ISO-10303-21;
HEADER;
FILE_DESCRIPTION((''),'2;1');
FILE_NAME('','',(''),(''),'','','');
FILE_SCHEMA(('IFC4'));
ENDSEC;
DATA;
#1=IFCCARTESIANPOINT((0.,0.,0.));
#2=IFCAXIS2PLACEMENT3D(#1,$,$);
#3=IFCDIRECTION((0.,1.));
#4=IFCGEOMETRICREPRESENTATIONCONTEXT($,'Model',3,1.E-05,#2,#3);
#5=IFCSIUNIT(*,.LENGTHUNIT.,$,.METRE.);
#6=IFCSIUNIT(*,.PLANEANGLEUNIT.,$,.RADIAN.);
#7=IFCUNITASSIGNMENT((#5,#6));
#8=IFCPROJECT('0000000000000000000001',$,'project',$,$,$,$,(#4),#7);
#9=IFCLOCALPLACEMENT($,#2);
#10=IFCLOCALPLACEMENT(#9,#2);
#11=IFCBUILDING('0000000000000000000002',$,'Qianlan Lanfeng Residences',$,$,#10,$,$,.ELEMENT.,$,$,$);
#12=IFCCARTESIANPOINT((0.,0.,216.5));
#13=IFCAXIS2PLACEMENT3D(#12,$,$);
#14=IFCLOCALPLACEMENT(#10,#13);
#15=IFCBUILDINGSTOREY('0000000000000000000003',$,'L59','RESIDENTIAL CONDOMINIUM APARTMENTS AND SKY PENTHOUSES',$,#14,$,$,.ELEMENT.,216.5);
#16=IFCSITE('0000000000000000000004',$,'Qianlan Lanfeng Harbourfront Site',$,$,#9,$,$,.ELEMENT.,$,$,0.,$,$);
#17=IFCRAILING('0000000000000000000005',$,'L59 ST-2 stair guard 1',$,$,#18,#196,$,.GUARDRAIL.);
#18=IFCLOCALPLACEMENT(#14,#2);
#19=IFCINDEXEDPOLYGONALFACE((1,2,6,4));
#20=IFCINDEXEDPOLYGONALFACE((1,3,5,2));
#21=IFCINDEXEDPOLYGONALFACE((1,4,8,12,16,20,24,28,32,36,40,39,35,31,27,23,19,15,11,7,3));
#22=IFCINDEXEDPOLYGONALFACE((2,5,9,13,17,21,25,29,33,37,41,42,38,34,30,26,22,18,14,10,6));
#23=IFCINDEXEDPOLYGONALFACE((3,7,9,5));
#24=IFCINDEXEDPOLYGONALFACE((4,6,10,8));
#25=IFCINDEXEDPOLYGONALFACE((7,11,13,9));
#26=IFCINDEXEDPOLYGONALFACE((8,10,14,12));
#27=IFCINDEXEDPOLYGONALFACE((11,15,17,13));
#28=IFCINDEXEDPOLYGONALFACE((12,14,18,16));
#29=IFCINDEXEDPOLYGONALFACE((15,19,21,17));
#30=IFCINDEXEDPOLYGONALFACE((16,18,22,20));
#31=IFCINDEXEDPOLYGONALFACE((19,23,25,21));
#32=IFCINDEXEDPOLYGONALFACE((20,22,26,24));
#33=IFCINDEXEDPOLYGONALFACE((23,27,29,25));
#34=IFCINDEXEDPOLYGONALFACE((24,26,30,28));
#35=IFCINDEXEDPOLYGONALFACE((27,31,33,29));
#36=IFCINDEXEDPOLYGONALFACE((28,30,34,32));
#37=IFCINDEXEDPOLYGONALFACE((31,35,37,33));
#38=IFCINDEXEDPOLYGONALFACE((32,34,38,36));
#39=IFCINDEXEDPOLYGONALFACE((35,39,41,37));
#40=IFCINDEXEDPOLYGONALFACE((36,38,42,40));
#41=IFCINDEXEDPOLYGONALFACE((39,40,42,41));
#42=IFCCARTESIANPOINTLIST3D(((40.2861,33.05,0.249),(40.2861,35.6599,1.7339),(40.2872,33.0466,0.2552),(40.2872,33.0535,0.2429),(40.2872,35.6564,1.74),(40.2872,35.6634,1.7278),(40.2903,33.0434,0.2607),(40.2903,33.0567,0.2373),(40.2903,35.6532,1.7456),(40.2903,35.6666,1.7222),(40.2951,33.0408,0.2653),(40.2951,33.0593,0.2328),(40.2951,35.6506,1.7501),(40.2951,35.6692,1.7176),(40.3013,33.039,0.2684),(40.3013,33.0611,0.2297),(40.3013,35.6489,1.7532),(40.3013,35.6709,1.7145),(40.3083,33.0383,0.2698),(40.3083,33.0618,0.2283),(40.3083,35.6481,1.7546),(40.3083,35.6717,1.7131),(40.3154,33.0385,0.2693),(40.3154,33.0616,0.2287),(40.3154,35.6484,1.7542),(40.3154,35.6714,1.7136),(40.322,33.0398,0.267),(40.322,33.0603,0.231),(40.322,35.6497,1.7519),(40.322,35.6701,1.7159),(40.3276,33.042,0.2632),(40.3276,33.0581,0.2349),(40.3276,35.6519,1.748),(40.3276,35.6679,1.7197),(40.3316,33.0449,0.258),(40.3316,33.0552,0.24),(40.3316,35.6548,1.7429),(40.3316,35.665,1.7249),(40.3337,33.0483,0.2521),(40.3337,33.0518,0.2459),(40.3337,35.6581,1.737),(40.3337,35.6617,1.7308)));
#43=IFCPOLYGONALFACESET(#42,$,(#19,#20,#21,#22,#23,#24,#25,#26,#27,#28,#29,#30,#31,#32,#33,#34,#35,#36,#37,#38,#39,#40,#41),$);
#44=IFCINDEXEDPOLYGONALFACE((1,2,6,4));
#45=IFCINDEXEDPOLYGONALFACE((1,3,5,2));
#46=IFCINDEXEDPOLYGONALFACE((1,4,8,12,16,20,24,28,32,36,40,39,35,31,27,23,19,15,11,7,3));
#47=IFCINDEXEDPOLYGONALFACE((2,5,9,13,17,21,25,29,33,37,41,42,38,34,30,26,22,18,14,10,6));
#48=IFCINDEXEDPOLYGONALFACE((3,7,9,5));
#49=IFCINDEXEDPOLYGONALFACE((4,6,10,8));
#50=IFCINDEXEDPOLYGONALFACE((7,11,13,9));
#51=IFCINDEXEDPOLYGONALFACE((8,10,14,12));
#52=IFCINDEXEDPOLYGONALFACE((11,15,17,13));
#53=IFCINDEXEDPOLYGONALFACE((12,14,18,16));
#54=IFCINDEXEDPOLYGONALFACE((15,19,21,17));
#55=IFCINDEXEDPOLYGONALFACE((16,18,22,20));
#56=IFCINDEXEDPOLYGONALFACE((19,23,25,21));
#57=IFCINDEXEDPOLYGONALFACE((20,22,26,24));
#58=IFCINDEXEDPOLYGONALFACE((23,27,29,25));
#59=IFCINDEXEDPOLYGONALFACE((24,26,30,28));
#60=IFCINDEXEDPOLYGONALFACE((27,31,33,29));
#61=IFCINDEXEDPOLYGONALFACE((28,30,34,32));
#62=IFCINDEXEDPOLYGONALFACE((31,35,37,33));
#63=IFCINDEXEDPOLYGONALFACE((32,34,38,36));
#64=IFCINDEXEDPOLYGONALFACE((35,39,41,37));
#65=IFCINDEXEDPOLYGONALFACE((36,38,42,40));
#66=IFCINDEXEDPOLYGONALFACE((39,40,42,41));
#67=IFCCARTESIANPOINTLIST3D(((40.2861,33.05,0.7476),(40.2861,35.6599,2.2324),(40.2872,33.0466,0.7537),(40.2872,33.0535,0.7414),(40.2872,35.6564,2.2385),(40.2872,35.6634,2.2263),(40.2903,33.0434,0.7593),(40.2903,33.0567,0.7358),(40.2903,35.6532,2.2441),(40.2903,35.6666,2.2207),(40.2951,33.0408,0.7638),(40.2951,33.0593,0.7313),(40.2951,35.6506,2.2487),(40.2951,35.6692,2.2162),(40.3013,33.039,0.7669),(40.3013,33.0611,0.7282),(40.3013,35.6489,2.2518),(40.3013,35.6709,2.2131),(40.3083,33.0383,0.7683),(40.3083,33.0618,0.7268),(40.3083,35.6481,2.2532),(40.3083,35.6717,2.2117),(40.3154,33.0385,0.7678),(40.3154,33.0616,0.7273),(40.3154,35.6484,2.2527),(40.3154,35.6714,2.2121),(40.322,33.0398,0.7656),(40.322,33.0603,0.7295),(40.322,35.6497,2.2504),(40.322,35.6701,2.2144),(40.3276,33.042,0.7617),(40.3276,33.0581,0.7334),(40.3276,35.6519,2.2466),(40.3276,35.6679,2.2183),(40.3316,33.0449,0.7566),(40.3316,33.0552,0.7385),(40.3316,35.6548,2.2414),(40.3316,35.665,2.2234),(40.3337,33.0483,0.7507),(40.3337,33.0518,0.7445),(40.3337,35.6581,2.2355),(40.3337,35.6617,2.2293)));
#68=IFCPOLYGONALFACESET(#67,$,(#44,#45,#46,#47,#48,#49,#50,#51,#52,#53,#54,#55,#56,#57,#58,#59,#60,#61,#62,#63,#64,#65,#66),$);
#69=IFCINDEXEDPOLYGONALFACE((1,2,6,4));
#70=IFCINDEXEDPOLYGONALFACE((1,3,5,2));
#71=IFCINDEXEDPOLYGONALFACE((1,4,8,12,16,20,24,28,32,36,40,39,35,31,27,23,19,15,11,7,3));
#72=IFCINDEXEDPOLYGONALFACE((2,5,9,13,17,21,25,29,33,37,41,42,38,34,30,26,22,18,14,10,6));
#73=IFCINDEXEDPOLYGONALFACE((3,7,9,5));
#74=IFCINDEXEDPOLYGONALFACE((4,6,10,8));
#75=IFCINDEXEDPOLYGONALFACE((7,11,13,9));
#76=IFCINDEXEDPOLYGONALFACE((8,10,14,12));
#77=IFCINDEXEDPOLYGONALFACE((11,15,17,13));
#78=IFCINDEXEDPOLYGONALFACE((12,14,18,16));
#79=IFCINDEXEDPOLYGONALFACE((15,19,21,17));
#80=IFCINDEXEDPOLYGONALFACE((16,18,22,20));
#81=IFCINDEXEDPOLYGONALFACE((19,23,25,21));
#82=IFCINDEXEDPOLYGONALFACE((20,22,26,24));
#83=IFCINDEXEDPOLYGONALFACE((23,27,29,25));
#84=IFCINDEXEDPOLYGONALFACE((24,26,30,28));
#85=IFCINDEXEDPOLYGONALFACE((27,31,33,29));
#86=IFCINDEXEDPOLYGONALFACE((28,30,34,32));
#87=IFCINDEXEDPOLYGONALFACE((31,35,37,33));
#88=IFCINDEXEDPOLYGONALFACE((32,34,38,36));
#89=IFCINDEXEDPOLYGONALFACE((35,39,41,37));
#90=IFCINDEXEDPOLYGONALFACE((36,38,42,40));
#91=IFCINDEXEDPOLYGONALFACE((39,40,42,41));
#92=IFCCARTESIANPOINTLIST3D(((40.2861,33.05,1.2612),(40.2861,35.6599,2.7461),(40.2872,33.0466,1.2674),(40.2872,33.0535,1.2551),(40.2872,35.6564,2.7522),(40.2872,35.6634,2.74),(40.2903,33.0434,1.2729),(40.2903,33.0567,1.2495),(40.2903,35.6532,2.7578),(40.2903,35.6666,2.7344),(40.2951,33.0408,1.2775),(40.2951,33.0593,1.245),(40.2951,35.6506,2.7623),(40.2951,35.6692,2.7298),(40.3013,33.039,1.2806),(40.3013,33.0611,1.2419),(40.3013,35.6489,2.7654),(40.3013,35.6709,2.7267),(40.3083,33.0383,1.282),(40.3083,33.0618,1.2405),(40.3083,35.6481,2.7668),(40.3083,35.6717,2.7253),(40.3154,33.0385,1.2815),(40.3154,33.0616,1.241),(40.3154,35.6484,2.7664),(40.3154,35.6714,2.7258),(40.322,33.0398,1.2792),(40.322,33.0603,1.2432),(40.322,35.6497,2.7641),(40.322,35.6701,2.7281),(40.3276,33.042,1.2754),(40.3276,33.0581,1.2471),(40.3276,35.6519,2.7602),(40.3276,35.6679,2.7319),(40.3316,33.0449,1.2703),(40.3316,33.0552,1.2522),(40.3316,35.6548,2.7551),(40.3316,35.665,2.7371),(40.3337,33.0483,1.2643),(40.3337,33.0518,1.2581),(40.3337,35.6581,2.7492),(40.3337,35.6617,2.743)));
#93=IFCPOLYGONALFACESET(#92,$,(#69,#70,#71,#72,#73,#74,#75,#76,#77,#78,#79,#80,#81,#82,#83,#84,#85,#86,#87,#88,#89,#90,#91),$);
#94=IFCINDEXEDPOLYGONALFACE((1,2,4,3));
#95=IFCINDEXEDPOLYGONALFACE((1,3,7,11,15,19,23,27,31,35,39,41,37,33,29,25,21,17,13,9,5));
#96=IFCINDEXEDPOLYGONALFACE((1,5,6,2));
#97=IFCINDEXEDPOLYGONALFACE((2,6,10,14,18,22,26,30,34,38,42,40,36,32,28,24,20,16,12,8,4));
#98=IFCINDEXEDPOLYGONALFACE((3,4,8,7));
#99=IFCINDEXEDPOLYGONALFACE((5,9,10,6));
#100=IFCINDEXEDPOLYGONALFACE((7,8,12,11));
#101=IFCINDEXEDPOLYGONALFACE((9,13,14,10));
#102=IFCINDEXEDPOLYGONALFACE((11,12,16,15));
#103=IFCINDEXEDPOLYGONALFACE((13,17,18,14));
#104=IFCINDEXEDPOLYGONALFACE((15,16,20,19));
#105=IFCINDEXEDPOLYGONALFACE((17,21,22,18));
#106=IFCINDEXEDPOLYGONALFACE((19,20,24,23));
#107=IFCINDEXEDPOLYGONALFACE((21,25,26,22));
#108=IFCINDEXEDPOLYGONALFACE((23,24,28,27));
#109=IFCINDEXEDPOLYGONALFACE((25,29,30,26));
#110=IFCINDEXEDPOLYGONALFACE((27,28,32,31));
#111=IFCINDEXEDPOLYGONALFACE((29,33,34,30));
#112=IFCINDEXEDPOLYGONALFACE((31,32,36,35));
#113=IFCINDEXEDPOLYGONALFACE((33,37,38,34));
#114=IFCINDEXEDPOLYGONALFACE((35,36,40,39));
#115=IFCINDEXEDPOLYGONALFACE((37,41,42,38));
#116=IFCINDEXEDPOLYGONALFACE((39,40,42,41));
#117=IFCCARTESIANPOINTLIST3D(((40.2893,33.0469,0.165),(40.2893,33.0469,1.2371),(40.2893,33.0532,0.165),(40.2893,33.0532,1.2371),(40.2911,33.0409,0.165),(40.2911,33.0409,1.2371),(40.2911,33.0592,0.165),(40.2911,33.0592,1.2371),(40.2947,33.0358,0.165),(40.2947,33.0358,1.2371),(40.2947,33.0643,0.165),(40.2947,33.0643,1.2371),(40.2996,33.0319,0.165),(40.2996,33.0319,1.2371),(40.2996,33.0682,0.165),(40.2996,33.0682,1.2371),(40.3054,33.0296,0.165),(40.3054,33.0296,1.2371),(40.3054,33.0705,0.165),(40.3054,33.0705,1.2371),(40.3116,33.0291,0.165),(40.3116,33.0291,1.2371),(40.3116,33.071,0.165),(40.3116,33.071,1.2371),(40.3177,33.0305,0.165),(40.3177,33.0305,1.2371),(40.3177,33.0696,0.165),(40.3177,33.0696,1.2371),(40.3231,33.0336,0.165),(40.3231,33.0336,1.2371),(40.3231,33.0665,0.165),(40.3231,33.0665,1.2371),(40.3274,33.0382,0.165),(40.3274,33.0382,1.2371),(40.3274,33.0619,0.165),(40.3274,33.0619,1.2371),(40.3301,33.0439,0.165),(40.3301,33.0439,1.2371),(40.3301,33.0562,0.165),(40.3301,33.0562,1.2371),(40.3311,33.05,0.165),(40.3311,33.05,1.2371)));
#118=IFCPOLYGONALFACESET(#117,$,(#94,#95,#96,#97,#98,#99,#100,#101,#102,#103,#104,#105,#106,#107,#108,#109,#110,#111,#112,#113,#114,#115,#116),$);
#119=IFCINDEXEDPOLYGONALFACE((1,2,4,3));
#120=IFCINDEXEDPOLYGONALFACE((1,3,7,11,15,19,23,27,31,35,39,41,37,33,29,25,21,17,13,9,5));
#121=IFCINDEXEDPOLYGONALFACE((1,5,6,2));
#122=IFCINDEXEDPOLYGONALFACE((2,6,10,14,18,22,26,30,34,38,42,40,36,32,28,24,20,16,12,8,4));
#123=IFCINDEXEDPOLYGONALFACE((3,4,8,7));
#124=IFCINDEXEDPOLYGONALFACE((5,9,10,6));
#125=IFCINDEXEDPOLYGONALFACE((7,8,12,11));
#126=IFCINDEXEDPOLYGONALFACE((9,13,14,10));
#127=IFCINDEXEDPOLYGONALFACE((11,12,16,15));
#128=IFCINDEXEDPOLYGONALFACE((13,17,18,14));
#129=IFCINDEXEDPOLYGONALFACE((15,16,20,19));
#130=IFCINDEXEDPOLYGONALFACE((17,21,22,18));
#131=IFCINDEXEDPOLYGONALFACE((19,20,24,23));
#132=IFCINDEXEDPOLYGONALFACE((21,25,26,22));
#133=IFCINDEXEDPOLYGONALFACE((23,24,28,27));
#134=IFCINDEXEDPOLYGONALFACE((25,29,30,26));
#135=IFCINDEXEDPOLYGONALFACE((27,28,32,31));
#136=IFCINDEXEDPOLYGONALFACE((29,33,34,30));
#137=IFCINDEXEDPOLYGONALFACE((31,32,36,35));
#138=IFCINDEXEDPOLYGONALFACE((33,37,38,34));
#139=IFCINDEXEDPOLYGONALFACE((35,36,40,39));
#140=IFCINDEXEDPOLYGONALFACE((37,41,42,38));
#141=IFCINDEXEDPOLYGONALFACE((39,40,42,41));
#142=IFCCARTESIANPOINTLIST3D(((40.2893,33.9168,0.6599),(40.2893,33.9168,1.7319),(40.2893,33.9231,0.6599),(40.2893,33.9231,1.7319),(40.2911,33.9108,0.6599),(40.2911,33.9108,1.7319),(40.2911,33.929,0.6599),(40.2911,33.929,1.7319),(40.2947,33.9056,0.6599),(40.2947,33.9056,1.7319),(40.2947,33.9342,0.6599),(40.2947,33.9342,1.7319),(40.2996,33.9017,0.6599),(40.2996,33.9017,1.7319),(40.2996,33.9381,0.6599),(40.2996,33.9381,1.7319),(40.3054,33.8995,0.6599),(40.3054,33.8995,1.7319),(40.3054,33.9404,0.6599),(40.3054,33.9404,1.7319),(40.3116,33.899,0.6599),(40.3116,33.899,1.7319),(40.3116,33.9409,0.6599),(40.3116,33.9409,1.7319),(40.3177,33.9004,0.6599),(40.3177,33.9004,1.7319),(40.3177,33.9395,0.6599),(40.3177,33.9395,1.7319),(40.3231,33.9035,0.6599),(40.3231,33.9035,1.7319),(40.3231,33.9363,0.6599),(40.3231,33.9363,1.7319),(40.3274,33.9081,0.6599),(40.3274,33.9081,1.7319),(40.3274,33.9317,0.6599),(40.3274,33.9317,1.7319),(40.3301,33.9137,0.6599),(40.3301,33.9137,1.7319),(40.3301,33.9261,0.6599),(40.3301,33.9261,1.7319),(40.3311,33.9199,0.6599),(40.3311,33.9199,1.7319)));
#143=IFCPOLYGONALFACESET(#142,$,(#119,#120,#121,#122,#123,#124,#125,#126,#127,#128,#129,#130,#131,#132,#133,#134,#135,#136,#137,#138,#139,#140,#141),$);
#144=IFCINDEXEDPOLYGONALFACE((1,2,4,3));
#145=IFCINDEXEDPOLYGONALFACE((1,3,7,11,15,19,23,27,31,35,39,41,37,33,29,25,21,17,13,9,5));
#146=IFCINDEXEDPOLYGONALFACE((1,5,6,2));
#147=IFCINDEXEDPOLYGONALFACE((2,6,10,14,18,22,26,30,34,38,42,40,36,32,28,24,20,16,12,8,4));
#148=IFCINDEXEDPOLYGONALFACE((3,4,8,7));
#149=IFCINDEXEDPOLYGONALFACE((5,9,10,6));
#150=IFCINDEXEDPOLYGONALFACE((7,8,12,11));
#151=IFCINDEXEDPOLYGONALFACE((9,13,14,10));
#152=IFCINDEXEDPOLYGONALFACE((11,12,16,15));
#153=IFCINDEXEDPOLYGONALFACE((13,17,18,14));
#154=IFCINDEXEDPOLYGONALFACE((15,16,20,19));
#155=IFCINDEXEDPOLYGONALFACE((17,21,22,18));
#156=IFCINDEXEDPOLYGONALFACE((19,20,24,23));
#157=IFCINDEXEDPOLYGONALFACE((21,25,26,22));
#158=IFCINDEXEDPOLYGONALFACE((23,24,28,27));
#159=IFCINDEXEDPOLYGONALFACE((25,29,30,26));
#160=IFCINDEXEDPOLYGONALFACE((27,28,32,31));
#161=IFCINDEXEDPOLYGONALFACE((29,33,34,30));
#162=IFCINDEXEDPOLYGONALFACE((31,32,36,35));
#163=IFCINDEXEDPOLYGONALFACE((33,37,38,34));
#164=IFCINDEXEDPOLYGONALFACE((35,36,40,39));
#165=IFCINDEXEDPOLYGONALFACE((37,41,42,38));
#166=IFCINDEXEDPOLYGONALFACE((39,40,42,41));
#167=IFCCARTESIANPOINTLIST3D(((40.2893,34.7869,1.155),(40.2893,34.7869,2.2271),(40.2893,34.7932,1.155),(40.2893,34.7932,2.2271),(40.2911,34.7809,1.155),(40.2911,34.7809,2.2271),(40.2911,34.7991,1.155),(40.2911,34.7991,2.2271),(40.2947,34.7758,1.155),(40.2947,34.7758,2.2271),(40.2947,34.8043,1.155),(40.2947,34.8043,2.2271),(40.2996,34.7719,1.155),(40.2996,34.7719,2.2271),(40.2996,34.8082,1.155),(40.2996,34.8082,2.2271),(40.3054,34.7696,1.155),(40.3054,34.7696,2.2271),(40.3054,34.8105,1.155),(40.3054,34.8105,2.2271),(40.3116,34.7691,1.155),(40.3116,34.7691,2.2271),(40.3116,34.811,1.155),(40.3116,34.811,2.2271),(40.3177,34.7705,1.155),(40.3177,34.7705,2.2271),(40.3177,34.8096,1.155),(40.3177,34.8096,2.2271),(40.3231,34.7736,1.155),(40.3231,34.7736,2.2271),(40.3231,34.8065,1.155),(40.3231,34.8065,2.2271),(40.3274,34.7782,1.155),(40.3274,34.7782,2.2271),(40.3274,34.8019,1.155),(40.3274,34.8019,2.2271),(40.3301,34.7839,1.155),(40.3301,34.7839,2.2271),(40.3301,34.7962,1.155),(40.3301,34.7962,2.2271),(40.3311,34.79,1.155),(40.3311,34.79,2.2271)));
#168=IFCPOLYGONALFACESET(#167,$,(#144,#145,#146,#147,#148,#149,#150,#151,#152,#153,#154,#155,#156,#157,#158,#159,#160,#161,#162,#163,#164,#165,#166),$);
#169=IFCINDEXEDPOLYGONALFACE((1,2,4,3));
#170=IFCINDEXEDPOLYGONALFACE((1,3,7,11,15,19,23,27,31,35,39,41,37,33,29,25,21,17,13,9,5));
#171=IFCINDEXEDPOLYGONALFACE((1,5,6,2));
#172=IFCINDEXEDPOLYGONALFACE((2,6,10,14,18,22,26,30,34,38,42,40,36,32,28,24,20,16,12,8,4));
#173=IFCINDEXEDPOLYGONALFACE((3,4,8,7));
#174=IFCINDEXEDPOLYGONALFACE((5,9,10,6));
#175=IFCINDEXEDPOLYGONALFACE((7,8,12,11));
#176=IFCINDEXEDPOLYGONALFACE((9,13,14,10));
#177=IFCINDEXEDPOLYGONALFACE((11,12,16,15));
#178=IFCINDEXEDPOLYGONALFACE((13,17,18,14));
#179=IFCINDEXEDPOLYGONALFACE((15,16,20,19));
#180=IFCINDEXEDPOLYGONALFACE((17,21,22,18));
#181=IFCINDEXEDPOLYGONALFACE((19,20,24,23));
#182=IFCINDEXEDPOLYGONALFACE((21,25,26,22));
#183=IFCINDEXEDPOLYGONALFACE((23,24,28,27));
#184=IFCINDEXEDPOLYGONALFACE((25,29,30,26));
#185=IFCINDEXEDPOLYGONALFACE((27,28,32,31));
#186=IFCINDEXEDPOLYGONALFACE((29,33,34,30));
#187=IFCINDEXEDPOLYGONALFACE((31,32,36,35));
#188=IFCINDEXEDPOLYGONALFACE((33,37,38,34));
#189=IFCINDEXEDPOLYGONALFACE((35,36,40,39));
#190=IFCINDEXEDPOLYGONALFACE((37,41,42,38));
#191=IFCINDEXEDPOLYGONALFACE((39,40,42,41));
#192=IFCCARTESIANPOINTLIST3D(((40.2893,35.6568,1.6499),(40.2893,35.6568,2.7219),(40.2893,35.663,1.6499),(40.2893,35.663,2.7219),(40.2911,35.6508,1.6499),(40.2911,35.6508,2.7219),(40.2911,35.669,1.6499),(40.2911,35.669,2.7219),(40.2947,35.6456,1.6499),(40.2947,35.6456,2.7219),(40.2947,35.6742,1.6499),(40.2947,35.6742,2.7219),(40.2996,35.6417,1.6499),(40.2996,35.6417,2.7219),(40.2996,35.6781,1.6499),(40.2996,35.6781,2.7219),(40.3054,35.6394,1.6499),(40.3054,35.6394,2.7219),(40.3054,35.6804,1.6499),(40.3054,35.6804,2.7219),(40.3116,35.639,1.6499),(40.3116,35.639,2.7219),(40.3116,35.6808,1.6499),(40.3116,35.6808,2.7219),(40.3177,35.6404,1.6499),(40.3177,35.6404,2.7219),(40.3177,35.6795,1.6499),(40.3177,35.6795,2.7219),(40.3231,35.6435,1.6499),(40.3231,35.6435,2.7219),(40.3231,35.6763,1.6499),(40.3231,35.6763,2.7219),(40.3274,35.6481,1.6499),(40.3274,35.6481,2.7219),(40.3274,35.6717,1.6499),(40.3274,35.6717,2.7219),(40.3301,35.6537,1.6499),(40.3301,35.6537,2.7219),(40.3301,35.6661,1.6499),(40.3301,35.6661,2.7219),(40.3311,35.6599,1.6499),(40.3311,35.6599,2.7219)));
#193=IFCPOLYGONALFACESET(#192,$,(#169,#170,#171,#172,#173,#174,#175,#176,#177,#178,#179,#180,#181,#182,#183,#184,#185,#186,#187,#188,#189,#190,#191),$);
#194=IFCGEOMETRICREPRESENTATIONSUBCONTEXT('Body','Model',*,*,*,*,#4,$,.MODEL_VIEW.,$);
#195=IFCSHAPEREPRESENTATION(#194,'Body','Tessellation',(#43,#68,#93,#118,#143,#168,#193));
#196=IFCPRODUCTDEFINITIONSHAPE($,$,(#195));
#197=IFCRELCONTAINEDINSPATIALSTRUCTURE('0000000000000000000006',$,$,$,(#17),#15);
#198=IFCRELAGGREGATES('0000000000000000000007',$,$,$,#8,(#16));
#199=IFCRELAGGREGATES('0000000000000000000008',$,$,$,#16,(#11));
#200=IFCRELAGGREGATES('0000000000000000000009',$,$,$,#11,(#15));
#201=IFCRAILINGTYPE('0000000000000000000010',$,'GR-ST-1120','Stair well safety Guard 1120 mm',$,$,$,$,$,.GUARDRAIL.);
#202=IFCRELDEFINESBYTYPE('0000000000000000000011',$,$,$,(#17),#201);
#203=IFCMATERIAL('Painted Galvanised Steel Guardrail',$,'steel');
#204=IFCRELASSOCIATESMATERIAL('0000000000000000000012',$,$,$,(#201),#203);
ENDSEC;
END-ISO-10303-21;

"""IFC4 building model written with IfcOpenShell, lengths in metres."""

from ifc_helpers import new_model, si_unit, direction, frame, origin, origin_2d, place, context, subcontext, project, spatial, circle, extrude, material, type_object, element, save


model = new_model("IFC4")

# Units and contexts
model_context = context("Model", 3, precision=1e-05, world=origin(), true_north=direction((0.0, 1.0)))
body_context = subcontext(model_context, "Body", "Model", "MODEL_VIEW")
ifc_project = project(units=[si_unit("LENGTHUNIT", "METRE"), si_unit("PLANEANGLEUNIT", "RADIAN")], contexts=[model_context])

# Site, building, storey
site_placement = place(None, origin())
site = spatial("IfcSite", under=ifc_project, at=site_placement, Name="Qianlan Lanfeng Harbourfront Site", CompositionType="ELEMENT", RefElevation=0.0)
building_placement = place(site_placement, origin())
building = spatial("IfcBuilding", under=site, at=building_placement, Name="Qianlan Lanfeng Residences", CompositionType="ELEMENT")
storey_placement = place(building_placement, frame((0.0, 0.0, 216.5)))
storey = spatial("IfcBuildingStorey", under=building, at=storey_placement, Name="L59", Description="RESIDENTIAL CONDOMINIUM APARTMENTS AND SKY PENTHOUSES", CompositionType="ELEMENT", Elevation=216.5)

# Railing
ifc_material_1 = material(Name="Painted Galvanised Steel Guardrail", Category="steel")
railing_type_1 = type_object("IfcRailingType", Name="GR-ST-1120", Description="Stair well safety Guard 1120 mm", PredefinedType="GUARDRAIL", material=ifc_material_1)
railing_1_placement = place(storey_placement, frame((40.3101, 33.05, 0.165)))
element("IfcRailing", 1, at=railing_1_placement, inside=storey, type_object=railing_type_1, Name="L59 ST-2 stair guard 1", PredefinedType="GUARDRAIL", context=body_context, shape_type="SweptSolid", body=[
    extrude(circle(Radius=0.0239, at=origin_2d()), frame((0.0, 0.0, 0.084), z_axis=(0.0, 0.869172, 0.494509), x_axis=(-1.0, 0.0, 0.0)), (0.0, 0.0, 1.0), 3.0027),
    extrude(circle(Radius=0.0239, at=origin_2d()), frame((0.0, 0.0, 0.5825), z_axis=(0.0, 0.869172, 0.494509), x_axis=(-1.0, 0.0, 0.0)), (0.0, 0.0, 1.0), 3.0027),
    extrude(circle(Radius=0.0239, at=origin_2d()), frame((0.0, 0.0, 1.0962), z_axis=(0.0, 0.869172, 0.494509), x_axis=(-1.0, 0.0, 0.0)), (0.0, 0.0, 1.0), 3.0027),
    extrude(circle(Radius=0.021, at=origin_2d()), origin(), (0.0, 0.0, 1.0), 1.072),
    extrude(circle(Radius=0.021, at=origin_2d()), frame((0.0, 0.8699, 0.4949)), (0.0, 0.0, 1.0), 1.072),
    extrude(circle(Radius=0.021, at=origin_2d()), frame((0.0, 1.74, 0.99)), (0.0, 0.0, 1.0), 1.072),
    extrude(circle(Radius=0.021, at=origin_2d()), frame((0.0, 2.6099, 1.4849)), (0.0, 0.0, 1.0), 1.072),
])

save(model, "model.ifc")
